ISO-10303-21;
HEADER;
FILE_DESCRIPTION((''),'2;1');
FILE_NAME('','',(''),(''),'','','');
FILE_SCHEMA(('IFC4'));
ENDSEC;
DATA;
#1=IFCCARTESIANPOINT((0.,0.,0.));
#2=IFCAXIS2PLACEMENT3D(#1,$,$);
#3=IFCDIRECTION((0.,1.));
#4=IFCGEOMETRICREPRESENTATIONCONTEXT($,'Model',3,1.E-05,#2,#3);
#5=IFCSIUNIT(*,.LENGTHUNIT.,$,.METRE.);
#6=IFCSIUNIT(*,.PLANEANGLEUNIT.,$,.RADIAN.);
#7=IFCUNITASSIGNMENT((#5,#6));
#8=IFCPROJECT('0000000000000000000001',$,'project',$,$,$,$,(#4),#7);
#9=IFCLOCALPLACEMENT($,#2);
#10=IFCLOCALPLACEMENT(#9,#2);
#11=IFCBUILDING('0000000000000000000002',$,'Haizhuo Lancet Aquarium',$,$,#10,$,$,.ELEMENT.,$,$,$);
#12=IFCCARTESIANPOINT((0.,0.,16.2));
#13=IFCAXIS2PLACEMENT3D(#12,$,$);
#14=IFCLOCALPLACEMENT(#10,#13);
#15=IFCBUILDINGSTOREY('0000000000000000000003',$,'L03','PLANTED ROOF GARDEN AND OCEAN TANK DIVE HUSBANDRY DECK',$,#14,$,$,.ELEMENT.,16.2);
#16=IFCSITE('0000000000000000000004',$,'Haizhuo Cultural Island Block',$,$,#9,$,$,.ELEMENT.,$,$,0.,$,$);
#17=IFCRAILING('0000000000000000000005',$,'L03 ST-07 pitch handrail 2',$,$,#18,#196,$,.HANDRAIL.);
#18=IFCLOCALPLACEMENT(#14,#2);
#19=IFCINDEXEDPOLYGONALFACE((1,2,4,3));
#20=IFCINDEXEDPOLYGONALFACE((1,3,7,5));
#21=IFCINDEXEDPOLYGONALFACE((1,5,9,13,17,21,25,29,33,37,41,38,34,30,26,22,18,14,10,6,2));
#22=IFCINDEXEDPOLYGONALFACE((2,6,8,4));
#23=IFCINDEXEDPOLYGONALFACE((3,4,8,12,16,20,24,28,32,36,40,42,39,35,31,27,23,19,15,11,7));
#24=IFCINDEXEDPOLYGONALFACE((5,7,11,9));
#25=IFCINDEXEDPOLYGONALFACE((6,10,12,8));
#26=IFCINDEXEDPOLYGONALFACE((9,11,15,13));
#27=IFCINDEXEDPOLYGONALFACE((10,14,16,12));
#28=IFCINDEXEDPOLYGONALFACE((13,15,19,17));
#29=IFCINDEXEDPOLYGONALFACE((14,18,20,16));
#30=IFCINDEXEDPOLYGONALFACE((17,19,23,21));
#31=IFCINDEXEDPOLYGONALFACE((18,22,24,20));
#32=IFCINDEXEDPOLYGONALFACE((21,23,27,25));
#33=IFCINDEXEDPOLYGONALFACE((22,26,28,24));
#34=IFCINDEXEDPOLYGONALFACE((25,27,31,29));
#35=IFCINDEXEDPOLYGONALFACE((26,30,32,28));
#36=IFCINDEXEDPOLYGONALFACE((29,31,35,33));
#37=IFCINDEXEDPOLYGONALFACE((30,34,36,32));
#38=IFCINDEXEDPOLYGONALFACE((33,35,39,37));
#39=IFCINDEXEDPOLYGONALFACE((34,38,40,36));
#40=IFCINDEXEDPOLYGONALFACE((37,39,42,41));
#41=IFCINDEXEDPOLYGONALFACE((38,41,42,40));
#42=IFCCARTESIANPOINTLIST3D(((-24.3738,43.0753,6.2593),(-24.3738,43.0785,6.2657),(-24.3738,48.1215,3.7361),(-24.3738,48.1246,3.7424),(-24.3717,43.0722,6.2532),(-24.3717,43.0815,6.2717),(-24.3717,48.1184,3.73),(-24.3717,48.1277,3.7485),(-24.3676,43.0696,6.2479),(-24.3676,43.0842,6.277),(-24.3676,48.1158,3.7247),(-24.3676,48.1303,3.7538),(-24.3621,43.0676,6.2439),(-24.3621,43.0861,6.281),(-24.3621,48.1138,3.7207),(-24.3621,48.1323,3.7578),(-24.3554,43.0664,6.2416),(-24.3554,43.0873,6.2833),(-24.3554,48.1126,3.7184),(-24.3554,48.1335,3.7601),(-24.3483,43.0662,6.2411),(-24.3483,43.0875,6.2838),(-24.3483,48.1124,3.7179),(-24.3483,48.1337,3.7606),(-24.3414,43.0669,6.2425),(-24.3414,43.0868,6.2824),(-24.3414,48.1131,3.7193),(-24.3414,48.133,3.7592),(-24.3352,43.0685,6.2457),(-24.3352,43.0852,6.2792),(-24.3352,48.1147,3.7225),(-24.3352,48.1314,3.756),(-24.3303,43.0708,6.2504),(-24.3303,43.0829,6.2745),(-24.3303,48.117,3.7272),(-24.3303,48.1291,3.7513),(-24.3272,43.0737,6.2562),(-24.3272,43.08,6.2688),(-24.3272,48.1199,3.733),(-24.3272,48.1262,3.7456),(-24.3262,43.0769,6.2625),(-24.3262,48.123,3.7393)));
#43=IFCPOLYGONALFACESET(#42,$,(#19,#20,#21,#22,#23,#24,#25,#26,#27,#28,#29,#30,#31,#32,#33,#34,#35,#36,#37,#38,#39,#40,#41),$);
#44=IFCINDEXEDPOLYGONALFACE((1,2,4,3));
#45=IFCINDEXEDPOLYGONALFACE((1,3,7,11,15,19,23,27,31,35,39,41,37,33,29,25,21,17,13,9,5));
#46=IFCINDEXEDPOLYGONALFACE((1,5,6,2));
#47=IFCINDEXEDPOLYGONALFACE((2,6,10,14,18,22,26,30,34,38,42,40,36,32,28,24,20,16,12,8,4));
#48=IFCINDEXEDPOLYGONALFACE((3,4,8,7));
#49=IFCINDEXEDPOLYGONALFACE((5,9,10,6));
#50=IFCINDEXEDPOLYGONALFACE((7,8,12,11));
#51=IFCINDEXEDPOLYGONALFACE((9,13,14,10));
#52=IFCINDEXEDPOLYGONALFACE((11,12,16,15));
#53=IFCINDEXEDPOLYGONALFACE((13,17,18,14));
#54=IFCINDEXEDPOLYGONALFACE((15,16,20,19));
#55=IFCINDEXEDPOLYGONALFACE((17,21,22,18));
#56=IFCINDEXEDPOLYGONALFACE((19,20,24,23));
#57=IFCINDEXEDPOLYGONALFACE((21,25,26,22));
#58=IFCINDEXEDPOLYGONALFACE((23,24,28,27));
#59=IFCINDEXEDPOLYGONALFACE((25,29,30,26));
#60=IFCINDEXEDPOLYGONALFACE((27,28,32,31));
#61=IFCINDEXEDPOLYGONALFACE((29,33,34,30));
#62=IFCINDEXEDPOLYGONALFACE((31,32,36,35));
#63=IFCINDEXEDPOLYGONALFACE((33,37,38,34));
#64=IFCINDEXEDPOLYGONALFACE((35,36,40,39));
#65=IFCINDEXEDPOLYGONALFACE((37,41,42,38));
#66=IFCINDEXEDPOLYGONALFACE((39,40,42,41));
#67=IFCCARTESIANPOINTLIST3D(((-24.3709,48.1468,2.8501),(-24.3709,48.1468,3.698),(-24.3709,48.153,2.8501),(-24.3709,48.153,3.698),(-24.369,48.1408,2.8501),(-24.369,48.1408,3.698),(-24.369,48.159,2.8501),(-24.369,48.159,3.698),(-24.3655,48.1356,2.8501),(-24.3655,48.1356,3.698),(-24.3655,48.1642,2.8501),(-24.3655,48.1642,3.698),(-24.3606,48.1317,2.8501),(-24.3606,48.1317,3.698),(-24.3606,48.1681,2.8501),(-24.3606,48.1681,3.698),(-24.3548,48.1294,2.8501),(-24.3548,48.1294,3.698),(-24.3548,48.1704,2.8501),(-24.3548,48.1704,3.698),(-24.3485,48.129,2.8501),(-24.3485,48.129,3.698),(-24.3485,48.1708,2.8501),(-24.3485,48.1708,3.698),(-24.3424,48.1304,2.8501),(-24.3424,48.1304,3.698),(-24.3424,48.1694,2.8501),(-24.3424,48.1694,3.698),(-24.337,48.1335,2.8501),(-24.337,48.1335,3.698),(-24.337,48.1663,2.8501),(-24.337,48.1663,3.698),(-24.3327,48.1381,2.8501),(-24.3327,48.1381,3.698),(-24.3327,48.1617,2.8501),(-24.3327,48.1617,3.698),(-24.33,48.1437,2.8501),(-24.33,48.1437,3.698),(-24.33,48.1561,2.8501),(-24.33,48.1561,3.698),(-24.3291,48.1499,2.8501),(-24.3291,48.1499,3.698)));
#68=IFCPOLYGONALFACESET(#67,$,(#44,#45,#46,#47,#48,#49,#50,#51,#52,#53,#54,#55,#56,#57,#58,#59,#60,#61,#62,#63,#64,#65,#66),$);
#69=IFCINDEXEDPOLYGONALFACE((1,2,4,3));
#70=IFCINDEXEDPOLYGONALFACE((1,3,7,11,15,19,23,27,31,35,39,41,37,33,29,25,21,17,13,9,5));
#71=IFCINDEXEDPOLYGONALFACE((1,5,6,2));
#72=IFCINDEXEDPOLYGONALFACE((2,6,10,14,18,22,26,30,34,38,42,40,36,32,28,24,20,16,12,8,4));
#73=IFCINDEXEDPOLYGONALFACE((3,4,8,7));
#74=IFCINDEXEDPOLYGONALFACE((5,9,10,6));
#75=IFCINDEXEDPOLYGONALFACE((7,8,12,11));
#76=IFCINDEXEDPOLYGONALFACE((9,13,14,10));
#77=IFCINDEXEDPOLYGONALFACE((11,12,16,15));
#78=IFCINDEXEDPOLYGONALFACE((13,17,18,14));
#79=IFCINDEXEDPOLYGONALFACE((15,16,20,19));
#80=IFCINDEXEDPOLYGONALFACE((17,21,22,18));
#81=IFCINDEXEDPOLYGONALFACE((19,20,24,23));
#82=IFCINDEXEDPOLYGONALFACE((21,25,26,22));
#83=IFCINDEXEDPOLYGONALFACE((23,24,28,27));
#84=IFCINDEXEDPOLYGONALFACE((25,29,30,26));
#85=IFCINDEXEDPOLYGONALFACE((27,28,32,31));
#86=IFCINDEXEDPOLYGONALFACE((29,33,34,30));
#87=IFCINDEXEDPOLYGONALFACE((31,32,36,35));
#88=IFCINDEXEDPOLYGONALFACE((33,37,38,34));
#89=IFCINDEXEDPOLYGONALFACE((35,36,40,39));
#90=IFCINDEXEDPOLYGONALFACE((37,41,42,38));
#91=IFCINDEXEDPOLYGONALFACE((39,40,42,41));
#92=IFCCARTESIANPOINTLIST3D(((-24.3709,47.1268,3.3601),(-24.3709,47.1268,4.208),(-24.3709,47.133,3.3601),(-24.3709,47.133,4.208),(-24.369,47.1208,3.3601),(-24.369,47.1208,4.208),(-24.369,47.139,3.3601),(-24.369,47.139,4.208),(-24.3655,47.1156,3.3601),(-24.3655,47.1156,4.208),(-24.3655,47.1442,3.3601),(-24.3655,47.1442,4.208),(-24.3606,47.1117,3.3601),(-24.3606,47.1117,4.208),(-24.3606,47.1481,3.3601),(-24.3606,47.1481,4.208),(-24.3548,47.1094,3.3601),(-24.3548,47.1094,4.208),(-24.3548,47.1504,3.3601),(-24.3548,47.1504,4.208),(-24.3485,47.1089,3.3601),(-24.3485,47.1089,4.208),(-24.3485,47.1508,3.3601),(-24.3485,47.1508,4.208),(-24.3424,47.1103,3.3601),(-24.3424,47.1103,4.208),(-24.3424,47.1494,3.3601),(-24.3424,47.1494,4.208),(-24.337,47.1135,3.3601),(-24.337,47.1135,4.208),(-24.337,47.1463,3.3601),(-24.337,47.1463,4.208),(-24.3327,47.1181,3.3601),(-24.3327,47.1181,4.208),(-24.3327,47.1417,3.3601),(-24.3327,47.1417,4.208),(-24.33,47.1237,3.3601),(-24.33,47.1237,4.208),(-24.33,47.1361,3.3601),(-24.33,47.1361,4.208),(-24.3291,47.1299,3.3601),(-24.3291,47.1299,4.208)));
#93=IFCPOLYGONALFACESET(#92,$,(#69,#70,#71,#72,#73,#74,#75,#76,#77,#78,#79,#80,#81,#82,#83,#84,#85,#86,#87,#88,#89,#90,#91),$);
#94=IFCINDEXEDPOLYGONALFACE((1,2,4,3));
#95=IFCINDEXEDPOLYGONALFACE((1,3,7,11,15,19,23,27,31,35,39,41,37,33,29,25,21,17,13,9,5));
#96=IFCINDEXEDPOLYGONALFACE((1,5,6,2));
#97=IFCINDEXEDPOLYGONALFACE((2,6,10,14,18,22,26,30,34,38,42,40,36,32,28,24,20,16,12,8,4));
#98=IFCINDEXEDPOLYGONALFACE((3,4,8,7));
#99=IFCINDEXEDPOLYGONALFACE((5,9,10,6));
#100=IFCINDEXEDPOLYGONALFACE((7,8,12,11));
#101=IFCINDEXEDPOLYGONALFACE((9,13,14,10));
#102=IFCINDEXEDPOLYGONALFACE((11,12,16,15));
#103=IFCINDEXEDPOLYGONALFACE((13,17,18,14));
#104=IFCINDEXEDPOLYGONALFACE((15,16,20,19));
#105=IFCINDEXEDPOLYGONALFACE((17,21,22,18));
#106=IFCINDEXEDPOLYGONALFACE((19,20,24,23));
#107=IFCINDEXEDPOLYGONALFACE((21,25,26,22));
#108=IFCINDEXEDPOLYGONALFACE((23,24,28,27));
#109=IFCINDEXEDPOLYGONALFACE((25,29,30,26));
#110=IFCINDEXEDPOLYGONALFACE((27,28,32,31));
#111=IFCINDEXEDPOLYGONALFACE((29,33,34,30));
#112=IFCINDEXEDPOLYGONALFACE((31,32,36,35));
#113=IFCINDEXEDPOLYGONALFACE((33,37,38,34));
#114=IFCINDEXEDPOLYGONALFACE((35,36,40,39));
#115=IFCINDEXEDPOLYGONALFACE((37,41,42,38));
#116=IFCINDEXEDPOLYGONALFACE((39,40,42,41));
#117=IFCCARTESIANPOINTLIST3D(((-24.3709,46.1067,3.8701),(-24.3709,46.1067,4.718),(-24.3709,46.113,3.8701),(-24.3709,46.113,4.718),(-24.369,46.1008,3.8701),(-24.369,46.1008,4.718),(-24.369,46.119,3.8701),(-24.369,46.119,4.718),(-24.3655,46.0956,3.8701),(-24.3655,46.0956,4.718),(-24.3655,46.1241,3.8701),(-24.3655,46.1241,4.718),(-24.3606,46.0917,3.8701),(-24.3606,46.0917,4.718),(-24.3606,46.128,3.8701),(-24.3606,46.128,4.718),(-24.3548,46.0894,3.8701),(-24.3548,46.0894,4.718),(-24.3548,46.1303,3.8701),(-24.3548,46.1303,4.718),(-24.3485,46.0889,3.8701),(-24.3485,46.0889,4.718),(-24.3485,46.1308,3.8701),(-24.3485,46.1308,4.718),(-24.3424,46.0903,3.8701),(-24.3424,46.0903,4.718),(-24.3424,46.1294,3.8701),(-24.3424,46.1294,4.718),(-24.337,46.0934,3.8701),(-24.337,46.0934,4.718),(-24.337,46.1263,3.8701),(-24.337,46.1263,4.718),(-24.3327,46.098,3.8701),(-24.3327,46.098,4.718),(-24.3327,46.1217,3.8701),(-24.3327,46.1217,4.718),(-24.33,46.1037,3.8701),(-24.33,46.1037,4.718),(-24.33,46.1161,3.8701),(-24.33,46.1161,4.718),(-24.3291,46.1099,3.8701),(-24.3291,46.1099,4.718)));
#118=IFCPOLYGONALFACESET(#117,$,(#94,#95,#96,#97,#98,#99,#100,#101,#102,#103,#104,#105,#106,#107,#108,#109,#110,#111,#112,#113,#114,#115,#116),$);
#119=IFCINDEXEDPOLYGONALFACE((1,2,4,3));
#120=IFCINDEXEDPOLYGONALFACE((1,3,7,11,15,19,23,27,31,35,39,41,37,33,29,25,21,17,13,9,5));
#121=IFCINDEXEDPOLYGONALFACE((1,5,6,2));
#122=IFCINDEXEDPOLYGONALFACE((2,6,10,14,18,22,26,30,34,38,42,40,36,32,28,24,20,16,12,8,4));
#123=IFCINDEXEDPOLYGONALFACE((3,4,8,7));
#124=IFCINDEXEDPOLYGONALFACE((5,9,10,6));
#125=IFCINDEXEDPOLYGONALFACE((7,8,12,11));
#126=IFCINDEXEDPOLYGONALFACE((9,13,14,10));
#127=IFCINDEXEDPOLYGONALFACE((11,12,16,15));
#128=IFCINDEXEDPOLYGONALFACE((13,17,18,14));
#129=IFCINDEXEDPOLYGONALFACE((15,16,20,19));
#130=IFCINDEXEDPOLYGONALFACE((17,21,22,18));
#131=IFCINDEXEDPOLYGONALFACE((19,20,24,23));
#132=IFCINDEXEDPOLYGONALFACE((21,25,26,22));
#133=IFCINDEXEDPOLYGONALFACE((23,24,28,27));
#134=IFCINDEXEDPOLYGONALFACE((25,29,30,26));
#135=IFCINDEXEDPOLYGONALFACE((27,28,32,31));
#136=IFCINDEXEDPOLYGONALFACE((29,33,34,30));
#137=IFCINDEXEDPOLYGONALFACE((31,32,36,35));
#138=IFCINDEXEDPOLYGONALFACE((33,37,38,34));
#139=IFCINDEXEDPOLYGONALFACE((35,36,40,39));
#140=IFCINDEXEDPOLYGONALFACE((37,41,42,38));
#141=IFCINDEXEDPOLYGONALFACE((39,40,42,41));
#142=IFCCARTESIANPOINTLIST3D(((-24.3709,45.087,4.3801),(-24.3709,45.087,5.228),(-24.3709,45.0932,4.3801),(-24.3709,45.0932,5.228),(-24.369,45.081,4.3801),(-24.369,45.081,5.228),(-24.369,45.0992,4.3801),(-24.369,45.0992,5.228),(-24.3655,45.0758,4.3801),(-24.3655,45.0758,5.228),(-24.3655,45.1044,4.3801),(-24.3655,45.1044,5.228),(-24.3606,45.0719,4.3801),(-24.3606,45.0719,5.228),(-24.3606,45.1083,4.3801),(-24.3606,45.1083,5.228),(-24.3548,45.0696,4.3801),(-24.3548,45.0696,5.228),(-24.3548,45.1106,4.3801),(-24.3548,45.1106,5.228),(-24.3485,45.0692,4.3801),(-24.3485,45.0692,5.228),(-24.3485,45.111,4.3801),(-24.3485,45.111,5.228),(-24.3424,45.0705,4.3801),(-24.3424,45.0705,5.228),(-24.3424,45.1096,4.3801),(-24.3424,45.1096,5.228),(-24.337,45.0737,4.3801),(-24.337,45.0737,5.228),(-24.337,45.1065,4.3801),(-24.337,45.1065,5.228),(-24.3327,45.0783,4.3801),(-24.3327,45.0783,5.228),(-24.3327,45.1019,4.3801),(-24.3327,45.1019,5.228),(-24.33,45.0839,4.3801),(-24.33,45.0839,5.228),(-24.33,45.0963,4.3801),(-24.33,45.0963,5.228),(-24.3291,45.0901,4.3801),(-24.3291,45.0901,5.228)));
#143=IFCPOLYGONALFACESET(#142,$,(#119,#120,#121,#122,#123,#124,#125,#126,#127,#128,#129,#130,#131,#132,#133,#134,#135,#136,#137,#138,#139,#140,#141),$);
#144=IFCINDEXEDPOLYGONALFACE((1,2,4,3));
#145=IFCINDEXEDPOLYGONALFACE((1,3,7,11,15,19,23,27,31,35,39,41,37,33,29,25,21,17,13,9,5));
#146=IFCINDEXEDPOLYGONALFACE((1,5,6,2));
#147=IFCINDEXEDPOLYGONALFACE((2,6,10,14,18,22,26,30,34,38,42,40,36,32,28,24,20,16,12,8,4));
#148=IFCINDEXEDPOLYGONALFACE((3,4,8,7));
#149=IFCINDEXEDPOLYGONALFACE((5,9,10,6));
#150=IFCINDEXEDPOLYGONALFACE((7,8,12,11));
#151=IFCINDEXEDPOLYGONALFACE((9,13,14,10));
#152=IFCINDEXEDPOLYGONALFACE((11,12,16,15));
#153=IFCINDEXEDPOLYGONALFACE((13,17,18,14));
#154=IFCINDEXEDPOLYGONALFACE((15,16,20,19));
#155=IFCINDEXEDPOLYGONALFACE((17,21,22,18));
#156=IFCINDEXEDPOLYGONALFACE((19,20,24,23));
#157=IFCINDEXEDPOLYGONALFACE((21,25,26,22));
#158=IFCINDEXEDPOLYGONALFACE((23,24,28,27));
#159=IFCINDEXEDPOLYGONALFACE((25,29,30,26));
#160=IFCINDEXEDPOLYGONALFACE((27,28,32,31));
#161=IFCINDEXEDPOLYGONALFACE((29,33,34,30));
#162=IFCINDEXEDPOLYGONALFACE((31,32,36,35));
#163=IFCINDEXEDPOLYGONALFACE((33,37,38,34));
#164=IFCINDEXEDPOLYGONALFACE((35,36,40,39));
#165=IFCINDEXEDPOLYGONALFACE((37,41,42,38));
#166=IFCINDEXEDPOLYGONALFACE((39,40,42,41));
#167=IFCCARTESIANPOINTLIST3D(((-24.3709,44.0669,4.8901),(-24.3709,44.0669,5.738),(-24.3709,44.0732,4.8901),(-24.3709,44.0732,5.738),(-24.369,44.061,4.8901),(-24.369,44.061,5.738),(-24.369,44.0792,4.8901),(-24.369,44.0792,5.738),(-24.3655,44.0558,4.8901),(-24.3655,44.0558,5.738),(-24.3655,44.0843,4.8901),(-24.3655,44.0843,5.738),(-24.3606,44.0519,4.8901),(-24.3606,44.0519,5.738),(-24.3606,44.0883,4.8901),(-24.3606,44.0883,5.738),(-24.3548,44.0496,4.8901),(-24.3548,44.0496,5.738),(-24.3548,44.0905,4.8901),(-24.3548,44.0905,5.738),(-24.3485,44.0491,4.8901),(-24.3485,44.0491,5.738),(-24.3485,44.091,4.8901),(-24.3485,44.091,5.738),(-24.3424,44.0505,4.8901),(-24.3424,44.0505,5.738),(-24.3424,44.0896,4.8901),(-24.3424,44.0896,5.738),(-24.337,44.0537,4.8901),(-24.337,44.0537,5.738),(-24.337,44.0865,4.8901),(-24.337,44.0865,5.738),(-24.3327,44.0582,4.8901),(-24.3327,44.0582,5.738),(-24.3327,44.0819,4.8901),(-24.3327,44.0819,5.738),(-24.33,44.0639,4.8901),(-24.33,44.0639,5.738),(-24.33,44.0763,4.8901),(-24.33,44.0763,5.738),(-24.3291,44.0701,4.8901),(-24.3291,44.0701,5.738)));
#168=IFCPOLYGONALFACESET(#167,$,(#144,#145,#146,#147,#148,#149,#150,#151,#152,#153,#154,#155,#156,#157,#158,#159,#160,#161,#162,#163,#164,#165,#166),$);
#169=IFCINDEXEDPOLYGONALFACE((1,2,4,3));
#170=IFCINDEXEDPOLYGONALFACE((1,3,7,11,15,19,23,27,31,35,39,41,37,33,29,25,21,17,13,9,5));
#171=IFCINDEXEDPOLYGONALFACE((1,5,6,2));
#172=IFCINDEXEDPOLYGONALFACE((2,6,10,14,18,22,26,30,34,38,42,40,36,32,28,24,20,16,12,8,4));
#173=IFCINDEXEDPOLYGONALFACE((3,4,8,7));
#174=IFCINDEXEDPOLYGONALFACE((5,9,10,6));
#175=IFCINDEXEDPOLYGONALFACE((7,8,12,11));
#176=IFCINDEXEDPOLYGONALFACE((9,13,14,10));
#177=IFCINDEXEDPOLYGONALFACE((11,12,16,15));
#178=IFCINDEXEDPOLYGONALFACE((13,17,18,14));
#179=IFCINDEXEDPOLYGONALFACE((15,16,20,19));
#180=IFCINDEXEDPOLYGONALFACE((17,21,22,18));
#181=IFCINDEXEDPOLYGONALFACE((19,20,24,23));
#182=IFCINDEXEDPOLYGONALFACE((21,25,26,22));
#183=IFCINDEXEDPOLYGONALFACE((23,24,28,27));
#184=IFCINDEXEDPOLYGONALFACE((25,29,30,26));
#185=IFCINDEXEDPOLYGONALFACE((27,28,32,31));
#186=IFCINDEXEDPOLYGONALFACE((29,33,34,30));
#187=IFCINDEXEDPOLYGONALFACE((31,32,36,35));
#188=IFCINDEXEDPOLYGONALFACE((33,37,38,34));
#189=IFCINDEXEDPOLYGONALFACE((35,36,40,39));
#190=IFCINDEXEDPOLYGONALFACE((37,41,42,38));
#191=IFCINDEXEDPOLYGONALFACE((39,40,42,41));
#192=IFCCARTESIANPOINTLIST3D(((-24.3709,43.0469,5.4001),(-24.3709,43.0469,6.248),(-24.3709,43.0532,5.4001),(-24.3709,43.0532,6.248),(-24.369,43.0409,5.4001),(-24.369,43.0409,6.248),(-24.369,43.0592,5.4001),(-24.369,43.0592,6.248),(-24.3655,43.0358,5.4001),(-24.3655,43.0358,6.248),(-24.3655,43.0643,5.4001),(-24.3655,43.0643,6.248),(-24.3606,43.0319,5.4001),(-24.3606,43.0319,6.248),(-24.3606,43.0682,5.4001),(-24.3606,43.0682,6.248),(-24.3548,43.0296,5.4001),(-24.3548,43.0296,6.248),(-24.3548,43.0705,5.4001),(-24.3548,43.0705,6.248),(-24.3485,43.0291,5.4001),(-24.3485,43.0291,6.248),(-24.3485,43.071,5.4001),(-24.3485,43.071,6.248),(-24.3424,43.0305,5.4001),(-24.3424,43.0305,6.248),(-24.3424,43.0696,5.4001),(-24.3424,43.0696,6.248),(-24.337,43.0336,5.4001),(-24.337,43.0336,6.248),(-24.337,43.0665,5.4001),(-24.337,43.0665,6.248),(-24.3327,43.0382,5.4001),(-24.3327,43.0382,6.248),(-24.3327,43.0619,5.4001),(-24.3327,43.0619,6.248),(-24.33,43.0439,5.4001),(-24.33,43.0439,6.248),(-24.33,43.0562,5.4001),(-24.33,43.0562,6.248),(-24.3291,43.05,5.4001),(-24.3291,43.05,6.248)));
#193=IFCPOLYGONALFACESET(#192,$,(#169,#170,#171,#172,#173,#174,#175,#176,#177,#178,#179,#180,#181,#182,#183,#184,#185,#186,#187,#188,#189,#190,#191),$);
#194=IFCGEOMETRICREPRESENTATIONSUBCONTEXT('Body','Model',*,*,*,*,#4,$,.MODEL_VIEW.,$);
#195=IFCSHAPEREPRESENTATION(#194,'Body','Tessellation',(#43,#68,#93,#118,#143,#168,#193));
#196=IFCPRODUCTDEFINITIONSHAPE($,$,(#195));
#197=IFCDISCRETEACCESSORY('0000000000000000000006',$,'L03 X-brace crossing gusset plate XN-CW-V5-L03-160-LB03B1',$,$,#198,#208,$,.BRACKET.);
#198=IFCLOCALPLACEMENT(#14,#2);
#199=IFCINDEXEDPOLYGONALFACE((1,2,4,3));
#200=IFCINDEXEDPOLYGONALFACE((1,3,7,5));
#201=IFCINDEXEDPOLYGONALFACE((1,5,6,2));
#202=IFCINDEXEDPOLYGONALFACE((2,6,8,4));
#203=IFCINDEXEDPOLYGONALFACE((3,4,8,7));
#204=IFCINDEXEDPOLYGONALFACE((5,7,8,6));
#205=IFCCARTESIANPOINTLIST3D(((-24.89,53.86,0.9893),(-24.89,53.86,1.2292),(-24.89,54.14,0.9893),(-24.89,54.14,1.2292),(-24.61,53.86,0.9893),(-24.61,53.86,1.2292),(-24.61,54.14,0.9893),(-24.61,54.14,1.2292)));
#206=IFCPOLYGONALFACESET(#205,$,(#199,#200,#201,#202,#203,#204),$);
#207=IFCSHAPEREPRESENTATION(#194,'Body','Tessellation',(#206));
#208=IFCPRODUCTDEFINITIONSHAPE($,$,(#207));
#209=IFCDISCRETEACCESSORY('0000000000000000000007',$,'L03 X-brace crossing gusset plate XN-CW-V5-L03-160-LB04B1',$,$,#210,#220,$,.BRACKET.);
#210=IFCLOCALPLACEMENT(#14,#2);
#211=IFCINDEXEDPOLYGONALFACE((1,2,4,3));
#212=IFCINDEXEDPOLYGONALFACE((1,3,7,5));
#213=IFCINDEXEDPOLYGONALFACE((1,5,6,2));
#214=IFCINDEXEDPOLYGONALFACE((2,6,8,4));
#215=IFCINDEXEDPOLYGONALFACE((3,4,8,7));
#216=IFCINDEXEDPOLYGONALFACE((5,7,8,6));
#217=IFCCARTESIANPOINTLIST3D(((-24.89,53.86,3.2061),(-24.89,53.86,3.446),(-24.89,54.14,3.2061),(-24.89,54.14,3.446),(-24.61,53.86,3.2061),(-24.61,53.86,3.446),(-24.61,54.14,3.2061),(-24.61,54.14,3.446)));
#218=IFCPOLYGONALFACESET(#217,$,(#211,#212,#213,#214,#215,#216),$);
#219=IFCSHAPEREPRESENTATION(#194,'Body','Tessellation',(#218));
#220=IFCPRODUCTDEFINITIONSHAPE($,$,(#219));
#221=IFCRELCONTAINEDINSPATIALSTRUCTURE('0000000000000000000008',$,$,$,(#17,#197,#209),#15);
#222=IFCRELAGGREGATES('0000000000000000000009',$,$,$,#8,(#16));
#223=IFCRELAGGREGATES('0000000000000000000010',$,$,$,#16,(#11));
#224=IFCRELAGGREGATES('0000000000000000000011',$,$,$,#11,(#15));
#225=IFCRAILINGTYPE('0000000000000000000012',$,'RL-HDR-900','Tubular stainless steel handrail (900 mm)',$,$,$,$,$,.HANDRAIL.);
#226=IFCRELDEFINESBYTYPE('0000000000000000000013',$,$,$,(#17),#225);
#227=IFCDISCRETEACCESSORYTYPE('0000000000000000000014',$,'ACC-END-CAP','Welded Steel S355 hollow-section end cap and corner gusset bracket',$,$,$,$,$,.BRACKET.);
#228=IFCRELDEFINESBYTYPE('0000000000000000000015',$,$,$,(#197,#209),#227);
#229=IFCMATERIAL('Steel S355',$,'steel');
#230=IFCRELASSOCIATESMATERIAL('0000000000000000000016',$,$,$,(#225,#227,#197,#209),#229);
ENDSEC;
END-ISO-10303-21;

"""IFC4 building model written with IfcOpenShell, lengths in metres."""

from ifc_helpers import new_model, si_unit, direction, frame, origin, origin_2d, place, context, subcontext, project, spatial, rectangle, circle, extrude, material, type_object, element, save


model = new_model("IFC4")

# Units and contexts
model_context = context("Model", 3, precision=1e-05, world=origin(), true_north=direction((0.0, 1.0)))
body_context = subcontext(model_context, "Body", "Model", "MODEL_VIEW")
ifc_project = project(units=[si_unit("LENGTHUNIT", "METRE"), si_unit("PLANEANGLEUNIT", "RADIAN")], contexts=[model_context])

# Site, building, storey
site_placement = place(None, origin())
site = spatial("IfcSite", under=ifc_project, at=site_placement, Name="Haizhuo Cultural Island Block", CompositionType="ELEMENT", RefElevation=0.0)
building_placement = place(site_placement, origin())
building = spatial("IfcBuilding", under=site, at=building_placement, Name="Haizhuo Lancet Aquarium", CompositionType="ELEMENT")
storey_placement = place(building_placement, frame((0.0, 0.0, 16.2)))
storey = spatial("IfcBuildingStorey", under=building, at=storey_placement, Name="L03", Description="PLANTED ROOF GARDEN AND OCEAN TANK DIVE HUSBANDRY DECK", CompositionType="ELEMENT", Elevation=16.2)

# Shared definitions
ifc_material_1 = material(Name="Steel S355", Category="steel")

# Railing
railing_type_1 = type_object("IfcRailingType", Name="RL-HDR-900", Description="Tubular stainless steel handrail (900 mm)", PredefinedType="HANDRAIL", material=ifc_material_1)
railing_1_placement = place(storey_placement, frame((-24.3501, 48.1499, 2.8501)))
element("IfcRailing", 1, at=railing_1_placement, inside=storey, type_object=railing_type_1, Name="L03 ST-07 pitch handrail 2", PredefinedType="HANDRAIL", context=body_context, shape_type="SweptSolid", body=[
    extrude(circle(Radius=0.0239, at=origin_2d()), frame((0.0, -0.0269, 0.8892), z_axis=(0.0, -0.894419, 0.447231), x_axis=(1.0, 0.0, 0.0)), (0.0, 0.0, 1.0), 5.6418),
    extrude(circle(Radius=0.021, at=origin_2d()), origin(), (0.0, 0.0, 1.0), 0.8479),
    extrude(circle(Radius=0.021, at=origin_2d()), frame((0.0, -1.02, 0.51)), (0.0, 0.0, 1.0), 0.8479),
    extrude(circle(Radius=0.021, at=origin_2d()), frame((0.0, -2.04, 1.02)), (0.0, 0.0, 1.0), 0.8479),
    extrude(circle(Radius=0.021, at=origin_2d()), frame((0.0, -3.0598, 1.53)), (0.0, 0.0, 1.0), 0.8479),
    extrude(circle(Radius=0.021, at=origin_2d()), frame((0.0, -4.0798, 2.04)), (0.0, 0.0, 1.0), 0.8479),
    extrude(circle(Radius=0.021, at=origin_2d()), frame((0.0, -5.0999, 2.55)), (0.0, 0.0, 1.0), 0.8479),
])

# Discrete accessories
discrete_accessory_type = type_object("IfcDiscreteAccessoryType", Name="ACC-END-CAP", Description="Welded Steel S355 hollow-section end cap and corner gusset bracket", PredefinedType="BRACKET", material=ifc_material_1)
for number, where, z_axis, x_axis, name in (
    (2, (-24.75, 54.0, 0.9893), (0.0, 0.0, 1.0), (1.0, 0.0, 0.0), "L03 X-brace crossing gusset plate XN-CW-V5-L03-160-LB03B1"),
    (3, (-24.75, 54.0, 3.2061), (0.0, 0.0, 1.0), (1.0, 0.0, 0.0), "L03 X-brace crossing gusset plate XN-CW-V5-L03-160-LB04B1"),
):
    element("IfcDiscreteAccessory", number, at=place(storey_placement, frame(where, z_axis=z_axis, x_axis=x_axis)), inside=storey, type_object=discrete_accessory_type, material=ifc_material_1, Name=name, PredefinedType="BRACKET", context=body_context, shape_type="SweptSolid", body=[
        extrude(rectangle(XDim=0.28, YDim=0.28, at=origin_2d()), origin(), (0.0, 0.0, 1.0), 0.24),
    ])

save(model, "model.ifc")
